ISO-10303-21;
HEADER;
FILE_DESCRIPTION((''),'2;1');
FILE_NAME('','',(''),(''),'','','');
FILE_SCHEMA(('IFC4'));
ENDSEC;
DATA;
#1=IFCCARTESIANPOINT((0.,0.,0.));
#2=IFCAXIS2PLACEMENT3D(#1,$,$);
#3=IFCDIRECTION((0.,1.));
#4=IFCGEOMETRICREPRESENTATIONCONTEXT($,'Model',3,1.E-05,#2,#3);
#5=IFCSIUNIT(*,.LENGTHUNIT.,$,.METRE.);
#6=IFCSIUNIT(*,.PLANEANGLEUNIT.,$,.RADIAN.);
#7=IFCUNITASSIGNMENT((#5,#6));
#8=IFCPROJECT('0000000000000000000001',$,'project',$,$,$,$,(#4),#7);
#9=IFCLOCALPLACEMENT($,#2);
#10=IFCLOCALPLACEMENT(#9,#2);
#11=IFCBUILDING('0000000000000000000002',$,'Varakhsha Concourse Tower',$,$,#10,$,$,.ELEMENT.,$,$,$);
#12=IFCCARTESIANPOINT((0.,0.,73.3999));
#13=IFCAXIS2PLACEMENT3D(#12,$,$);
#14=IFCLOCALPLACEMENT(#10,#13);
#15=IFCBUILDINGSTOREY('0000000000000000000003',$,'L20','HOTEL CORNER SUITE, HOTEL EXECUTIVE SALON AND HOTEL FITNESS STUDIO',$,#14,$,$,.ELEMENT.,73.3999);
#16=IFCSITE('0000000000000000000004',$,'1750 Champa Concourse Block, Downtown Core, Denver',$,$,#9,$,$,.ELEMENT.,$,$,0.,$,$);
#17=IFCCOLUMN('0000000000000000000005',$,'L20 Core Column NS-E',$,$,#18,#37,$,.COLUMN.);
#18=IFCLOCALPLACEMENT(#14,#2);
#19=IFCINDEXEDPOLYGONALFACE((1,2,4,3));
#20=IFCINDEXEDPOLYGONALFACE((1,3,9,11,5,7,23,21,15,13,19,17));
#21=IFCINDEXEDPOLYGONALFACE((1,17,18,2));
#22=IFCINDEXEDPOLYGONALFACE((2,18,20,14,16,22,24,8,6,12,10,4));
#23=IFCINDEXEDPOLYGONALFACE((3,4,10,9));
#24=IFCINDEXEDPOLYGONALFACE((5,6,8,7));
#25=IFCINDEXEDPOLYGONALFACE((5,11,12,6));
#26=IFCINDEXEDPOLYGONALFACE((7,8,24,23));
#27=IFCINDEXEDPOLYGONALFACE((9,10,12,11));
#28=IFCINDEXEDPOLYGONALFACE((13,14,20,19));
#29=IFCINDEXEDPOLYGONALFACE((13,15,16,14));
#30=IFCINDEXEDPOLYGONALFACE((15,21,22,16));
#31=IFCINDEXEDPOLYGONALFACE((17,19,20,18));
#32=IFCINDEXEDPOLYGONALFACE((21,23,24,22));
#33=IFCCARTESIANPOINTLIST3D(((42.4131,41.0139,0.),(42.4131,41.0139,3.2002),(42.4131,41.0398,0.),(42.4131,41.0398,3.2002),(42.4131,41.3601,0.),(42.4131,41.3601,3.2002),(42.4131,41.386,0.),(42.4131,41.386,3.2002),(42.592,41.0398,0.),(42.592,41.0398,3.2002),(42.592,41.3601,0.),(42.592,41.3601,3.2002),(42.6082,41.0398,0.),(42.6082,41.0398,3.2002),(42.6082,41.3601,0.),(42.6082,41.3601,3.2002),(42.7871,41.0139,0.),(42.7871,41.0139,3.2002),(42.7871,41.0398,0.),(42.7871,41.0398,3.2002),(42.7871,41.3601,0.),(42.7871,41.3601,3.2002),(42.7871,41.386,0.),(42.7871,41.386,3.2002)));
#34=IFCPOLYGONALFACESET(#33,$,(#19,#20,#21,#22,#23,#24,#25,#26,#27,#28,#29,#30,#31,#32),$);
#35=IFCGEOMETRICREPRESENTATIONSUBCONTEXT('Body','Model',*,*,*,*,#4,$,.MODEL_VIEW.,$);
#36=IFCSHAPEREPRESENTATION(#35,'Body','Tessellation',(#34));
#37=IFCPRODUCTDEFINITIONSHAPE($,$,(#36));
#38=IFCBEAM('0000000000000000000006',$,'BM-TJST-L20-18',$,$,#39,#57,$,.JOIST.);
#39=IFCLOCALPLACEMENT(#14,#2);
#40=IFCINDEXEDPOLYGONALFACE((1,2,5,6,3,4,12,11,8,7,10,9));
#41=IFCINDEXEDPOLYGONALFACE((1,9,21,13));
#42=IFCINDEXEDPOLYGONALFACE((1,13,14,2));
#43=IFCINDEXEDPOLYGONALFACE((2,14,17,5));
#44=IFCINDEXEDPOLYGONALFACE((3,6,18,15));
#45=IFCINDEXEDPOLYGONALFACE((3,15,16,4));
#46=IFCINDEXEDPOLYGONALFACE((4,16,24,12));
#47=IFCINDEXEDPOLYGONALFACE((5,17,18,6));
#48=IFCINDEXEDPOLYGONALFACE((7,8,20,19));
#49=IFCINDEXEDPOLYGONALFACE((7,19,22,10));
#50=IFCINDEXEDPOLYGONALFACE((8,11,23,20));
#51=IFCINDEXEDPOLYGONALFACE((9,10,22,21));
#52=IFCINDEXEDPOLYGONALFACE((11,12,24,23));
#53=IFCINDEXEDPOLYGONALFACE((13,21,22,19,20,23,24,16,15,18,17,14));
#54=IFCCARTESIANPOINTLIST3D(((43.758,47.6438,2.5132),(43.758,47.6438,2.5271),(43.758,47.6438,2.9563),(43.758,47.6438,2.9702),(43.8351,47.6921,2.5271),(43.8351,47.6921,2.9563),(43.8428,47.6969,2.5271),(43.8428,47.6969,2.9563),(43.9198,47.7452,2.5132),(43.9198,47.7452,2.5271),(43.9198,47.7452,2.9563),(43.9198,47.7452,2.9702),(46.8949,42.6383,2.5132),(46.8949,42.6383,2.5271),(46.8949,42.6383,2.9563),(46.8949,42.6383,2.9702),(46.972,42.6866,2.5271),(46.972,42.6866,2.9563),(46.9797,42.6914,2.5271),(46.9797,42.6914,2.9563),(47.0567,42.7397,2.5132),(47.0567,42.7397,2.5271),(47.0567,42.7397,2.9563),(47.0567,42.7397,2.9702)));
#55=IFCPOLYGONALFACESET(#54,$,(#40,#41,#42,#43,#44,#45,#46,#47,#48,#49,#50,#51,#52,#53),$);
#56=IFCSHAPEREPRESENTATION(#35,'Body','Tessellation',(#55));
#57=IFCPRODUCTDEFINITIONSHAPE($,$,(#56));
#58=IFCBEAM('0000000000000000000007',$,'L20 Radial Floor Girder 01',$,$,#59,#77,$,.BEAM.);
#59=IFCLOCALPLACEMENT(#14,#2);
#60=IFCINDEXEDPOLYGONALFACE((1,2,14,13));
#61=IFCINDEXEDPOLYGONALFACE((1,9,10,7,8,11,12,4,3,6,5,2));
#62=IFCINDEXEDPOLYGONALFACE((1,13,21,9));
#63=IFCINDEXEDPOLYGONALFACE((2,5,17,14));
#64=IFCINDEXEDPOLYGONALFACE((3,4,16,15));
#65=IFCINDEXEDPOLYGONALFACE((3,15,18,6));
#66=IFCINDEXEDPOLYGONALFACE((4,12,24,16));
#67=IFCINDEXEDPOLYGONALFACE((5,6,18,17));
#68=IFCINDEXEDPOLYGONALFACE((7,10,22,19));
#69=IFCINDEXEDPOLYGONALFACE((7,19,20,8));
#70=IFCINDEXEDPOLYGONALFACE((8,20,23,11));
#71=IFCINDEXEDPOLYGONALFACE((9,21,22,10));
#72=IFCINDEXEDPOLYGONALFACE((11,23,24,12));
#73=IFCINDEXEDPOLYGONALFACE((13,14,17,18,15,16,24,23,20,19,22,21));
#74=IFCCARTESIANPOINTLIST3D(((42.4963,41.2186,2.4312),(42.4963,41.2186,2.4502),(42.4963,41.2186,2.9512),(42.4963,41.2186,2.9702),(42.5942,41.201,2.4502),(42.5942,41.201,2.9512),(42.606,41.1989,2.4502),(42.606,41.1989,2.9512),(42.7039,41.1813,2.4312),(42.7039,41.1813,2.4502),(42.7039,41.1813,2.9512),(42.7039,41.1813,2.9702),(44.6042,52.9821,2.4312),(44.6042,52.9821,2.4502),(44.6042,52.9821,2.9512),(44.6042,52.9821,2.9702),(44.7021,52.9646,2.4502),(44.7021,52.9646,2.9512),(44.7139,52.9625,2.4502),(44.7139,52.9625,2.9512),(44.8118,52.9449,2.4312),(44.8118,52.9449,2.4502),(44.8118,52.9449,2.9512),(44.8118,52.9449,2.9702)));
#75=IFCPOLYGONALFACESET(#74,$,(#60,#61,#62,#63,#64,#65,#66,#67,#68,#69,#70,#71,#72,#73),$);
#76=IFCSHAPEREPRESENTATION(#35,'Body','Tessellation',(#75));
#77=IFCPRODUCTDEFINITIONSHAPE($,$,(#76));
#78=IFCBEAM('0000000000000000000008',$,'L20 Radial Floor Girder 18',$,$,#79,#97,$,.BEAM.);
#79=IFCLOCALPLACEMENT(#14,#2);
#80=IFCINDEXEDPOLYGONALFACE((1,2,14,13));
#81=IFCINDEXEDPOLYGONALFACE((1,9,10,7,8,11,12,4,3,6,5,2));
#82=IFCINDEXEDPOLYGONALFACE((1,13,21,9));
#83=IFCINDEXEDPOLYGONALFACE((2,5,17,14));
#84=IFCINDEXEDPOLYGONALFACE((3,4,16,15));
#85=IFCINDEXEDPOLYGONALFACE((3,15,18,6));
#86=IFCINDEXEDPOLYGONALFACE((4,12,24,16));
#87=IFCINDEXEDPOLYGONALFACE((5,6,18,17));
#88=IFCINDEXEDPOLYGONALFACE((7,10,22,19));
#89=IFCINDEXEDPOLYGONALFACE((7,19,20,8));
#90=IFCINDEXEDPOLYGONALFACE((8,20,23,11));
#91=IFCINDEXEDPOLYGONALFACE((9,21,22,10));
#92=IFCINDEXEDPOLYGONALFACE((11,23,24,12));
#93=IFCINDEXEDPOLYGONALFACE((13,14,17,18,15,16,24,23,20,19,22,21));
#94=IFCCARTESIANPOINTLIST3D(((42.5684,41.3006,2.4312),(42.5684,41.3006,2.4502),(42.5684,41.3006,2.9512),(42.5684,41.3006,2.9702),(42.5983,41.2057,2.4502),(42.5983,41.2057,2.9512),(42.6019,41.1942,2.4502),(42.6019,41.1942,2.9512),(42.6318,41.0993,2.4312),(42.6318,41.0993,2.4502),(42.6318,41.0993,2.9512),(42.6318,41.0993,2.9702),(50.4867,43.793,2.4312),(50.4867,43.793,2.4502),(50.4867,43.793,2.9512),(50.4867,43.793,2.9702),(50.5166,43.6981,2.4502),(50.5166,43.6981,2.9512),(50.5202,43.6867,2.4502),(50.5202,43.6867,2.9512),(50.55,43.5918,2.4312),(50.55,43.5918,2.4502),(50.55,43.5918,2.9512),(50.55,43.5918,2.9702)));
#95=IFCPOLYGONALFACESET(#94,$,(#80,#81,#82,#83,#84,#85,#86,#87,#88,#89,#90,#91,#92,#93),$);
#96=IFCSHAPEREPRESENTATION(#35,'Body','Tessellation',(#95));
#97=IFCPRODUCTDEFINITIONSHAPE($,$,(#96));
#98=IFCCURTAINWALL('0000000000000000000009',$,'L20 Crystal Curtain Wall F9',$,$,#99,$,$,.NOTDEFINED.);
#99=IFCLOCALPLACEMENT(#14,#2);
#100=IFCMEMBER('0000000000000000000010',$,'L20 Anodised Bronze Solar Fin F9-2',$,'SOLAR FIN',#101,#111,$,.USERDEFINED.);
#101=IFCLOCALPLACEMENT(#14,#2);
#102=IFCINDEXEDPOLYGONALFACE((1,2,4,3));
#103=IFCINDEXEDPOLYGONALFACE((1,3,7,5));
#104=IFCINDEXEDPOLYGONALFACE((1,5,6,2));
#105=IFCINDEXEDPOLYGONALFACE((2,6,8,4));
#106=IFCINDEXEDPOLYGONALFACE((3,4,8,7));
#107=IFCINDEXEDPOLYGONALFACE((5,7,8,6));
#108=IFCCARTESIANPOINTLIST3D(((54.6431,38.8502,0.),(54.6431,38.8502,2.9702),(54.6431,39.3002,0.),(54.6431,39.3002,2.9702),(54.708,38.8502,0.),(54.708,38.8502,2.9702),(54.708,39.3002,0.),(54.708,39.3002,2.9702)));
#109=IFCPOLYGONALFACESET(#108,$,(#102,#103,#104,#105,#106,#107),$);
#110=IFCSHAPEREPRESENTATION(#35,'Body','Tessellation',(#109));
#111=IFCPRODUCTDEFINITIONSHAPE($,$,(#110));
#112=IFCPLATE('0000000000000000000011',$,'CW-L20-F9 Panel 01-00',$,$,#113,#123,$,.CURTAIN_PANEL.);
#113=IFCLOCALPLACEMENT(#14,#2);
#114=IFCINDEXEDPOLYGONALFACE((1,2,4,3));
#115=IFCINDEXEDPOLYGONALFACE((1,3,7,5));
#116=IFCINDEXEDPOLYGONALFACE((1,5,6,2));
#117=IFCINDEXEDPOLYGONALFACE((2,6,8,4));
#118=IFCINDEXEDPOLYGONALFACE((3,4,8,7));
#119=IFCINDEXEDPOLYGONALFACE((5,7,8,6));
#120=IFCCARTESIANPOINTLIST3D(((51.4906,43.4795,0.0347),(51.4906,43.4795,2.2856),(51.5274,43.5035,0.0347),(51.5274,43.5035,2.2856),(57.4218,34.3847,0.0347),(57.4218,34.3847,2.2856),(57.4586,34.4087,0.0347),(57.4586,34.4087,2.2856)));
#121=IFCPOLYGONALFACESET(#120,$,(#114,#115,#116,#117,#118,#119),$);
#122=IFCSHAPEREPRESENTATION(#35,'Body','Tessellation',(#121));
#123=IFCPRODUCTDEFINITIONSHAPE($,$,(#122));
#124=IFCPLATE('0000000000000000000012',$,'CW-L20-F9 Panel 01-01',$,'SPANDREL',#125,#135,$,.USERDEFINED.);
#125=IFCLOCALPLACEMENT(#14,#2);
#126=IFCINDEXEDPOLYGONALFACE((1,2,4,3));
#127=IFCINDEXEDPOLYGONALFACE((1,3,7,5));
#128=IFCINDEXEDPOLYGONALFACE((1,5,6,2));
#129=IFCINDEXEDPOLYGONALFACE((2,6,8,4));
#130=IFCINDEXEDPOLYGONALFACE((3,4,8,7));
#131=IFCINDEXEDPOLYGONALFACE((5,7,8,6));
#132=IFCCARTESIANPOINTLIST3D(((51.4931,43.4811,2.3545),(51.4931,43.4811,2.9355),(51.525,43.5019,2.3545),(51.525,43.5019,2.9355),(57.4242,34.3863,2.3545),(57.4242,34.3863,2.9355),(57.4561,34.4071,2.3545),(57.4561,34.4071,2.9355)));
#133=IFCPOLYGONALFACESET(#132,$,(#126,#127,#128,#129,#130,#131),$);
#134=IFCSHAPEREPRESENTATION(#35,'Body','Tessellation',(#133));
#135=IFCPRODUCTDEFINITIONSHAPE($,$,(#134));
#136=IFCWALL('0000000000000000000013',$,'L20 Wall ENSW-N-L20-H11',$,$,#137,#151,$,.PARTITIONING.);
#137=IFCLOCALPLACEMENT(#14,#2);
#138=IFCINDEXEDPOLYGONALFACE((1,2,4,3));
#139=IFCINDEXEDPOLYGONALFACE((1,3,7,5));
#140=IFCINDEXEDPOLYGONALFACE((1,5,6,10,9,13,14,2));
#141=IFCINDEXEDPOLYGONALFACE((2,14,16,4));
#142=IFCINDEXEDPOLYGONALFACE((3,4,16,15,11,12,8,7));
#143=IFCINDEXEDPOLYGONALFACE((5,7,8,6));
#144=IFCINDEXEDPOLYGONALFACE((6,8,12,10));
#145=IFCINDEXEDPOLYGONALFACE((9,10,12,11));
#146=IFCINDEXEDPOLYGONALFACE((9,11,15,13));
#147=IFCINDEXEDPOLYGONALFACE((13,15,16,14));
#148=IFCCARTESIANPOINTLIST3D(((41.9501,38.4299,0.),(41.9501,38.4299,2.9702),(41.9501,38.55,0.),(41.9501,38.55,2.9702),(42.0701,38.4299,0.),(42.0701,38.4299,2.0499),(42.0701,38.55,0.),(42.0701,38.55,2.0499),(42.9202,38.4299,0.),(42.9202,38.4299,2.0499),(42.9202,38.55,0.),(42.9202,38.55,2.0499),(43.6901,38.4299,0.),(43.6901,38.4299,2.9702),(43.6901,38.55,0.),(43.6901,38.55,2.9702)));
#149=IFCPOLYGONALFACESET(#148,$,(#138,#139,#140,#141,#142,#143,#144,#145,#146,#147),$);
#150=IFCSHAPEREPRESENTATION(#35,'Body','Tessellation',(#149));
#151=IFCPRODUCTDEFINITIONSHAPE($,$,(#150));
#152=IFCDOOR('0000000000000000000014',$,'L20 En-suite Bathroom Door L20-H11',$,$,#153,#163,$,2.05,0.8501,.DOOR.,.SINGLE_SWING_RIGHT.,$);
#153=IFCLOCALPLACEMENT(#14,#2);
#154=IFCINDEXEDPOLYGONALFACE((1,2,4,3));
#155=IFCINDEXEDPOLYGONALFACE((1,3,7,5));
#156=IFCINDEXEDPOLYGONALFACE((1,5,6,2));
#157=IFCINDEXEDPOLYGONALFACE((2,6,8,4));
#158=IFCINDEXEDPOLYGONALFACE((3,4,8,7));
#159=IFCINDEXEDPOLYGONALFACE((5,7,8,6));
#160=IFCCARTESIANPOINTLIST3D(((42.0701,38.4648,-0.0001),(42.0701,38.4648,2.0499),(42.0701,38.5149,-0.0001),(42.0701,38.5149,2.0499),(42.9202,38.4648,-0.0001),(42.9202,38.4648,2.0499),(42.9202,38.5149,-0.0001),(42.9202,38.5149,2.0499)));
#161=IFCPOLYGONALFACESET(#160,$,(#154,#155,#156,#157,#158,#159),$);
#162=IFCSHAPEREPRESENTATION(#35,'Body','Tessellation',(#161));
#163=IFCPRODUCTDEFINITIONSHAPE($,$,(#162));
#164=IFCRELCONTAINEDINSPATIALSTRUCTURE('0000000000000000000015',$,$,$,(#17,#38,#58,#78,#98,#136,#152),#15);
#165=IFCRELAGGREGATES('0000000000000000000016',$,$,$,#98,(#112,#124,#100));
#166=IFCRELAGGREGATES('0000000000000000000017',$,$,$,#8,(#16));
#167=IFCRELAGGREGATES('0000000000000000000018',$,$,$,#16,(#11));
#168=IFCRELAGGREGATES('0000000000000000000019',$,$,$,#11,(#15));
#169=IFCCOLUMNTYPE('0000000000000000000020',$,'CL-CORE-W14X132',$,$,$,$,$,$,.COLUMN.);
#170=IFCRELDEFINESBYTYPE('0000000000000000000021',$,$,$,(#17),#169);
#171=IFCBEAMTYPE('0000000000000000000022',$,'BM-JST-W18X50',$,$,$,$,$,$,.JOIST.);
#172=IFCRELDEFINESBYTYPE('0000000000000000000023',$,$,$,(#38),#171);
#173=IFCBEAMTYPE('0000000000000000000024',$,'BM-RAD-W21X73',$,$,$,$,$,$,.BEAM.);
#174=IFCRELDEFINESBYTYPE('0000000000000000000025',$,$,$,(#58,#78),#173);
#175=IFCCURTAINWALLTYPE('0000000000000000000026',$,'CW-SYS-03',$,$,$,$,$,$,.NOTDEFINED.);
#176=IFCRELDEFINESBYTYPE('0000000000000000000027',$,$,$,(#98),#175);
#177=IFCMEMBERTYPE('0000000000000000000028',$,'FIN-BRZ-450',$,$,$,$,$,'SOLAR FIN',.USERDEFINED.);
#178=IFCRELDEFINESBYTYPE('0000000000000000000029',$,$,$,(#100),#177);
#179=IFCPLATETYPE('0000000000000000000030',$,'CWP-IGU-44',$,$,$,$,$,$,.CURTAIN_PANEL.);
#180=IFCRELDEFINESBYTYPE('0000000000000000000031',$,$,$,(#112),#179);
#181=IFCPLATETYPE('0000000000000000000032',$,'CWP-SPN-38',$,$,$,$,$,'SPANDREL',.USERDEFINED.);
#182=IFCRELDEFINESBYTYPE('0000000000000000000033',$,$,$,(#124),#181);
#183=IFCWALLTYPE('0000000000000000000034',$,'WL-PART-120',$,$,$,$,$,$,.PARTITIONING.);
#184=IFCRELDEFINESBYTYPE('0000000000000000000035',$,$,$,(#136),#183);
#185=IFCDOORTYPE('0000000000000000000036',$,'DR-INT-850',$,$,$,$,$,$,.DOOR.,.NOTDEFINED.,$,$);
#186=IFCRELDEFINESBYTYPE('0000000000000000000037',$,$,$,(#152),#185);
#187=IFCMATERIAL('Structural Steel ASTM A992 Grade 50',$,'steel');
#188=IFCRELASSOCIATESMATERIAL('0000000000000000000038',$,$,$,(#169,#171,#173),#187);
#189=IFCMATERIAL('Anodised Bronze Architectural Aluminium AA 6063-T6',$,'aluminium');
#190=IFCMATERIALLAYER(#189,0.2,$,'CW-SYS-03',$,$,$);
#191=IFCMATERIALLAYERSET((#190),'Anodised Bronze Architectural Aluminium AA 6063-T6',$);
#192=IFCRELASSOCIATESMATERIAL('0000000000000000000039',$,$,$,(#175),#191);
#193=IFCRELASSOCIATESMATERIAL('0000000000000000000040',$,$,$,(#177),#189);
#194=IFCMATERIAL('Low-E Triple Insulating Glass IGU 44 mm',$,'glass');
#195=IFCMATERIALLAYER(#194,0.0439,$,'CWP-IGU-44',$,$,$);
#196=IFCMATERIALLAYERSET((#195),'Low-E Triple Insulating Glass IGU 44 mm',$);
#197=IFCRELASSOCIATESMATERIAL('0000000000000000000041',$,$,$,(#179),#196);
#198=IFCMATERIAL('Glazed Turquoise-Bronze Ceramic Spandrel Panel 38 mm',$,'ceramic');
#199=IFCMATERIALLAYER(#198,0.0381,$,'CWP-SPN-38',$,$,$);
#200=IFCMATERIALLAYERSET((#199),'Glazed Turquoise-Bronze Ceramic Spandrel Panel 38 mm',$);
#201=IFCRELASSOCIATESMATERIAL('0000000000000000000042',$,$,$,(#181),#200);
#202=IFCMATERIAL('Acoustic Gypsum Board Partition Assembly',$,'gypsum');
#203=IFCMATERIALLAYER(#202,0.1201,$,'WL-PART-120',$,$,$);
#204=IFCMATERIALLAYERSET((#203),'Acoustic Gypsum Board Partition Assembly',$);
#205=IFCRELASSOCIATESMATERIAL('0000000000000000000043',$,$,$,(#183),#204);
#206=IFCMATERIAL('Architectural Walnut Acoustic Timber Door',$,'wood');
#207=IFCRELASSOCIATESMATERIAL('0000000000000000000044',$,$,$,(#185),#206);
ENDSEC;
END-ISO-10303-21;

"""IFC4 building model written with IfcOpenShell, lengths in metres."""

from ifc_helpers import new_model, si_unit, direction, frame, frame_2d, origin, origin_2d, place, context, subcontext, project, spatial, rectangle, i_section, extrude, source, transform, mapped, material, layer, layer_set, material_profile, profile_set, type_object, type_shapes, element, fill, aggregate, save


model = new_model("IFC4")

# Units and contexts
model_context = context("Model", 3, precision=1e-05, world=origin(), true_north=direction((0.0, 1.0)))
body_context = subcontext(model_context, "Body", "Model", "MODEL_VIEW")
ifc_project = project(units=[si_unit("LENGTHUNIT", "METRE"), si_unit("PLANEANGLEUNIT", "RADIAN")], contexts=[model_context])

# Site, building, storey
site_placement = place(None, origin())
site = spatial("IfcSite", under=ifc_project, at=site_placement, Name="1750 Champa Concourse Block, Downtown Core, Denver", CompositionType="ELEMENT", RefElevation=0.0)
building_placement = place(site_placement, origin())
building = spatial("IfcBuilding", under=site, at=building_placement, Name="Varakhsha Concourse Tower", CompositionType="ELEMENT")
storey_placement = place(building_placement, frame((0.0, 0.0, 73.3999)))
storey = spatial("IfcBuildingStorey", under=building, at=storey_placement, Name="L20", Description="HOTEL CORNER SUITE, HOTEL EXECUTIVE SALON AND HOTEL FITNESS STUDIO", CompositionType="ELEMENT", Elevation=73.3999)

# Column
ifc_material_1 = material(Name="Structural Steel ASTM A992 Grade 50", Category="steel")
ifc_material_profile_1 = material_profile(ifc_material_1, i_section(OverallWidth=0.374, OverallDepth=0.3721, WebThickness=0.0161, FlangeThickness=0.0259, at=origin_2d()), Name="W14X132")
ifc_profile_set_1 = profile_set([ifc_material_profile_1], Name="Structural Steel ASTM A992 Grade 50")
column_type = type_object("IfcColumnType", Name="CL-CORE-W14X132", PredefinedType="COLUMN", material=ifc_profile_set_1)
column_placement = place(storey_placement, frame((42.6001, 41.2, 0.0), z_axis=(0.0, 0.0, 1.0), x_axis=(1.0, 0.0, 0.0)))
element("IfcColumn", 1, at=column_placement, inside=storey, type_object=column_type, Name="L20 Core Column NS-E", PredefinedType="COLUMN", context=body_context, shape_type="SweptSolid", body=[
    extrude(i_section(OverallWidth=0.374, OverallDepth=0.3721, WebThickness=0.0161, FlangeThickness=0.0259, at=origin_2d()), origin(), (0.0, 0.0, 1.0), 3.2002),
])

# Beams
ifc_material_profile_2 = material_profile(ifc_material_1, i_section(OverallWidth=0.1909, OverallDepth=0.457, WebThickness=0.009, FlangeThickness=0.0139, at=origin_2d()), Name="W18X50")
ifc_profile_set_2 = profile_set([ifc_material_profile_2], Name="Structural Steel ASTM A992 Grade 50")
beam_type_1 = type_object("IfcBeamType", Name="BM-JST-W18X50", PredefinedType="JOIST", material=ifc_profile_set_2)
beam_1_placement = place(storey_placement, frame((46.9758, 42.689, 2.7417), z_axis=(-0.531028, 0.847355, 0.0), x_axis=(-0.847355, -0.531028, 0.0)))
element("IfcBeam", 2, at=beam_1_placement, inside=storey, type_object=beam_type_1, Name="BM-TJST-L20-18", PredefinedType="JOIST", context=body_context, shape_type="SweptSolid", body=[
    extrude(i_section(OverallWidth=0.1909, OverallDepth=0.457, WebThickness=0.009, FlangeThickness=0.0139, at=origin_2d()), origin(), (0.0, 0.0, 1.0), 5.9072),
])
ifc_material_profile_3 = material_profile(ifc_material_1, i_section(OverallWidth=0.2109, OverallDepth=0.5391, WebThickness=0.012, FlangeThickness=0.019, at=origin_2d()), Name="W21X73")
ifc_profile_set_3 = profile_set([ifc_material_profile_3], Name="Structural Steel ASTM A992 Grade 50")
beam_type_2 = type_object("IfcBeamType", Name="BM-RAD-W21X73", PredefinedType="BEAM", material=ifc_profile_set_3)
beam_2_placement = place(storey_placement, frame((42.6001, 41.2, 2.7007), z_axis=(0.176379, 0.984322, 0.0), x_axis=(-0.984322, 0.176379, 0.0)))
element("IfcBeam", 3, at=beam_2_placement, inside=storey, type_object=beam_type_2, Name="L20 Radial Floor Girder 01", PredefinedType="BEAM", context=body_context, shape_type="SweptSolid", body=[
    extrude(i_section(OverallWidth=0.2109, OverallDepth=0.5391, WebThickness=0.012, FlangeThickness=0.019, at=origin_2d()), origin(), (0.0, 0.0, 1.0), 11.9509),
])
beam_3_placement = place(storey_placement, frame((42.6001, 41.2, 2.7007), z_axis=(0.953861, 0.300249, 0.0), x_axis=(-0.300249, 0.953861, 0.0)))
element("IfcBeam", 4, at=beam_3_placement, inside=storey, type_object=beam_type_2, Name="L20 Radial Floor Girder 18", PredefinedType="BEAM", context=body_context, shape_type="SweptSolid", body=[
    extrude(i_section(OverallWidth=0.2109, OverallDepth=0.5391, WebThickness=0.012, FlangeThickness=0.019, at=origin_2d()), origin(), (0.0, 0.0, 1.0), 8.3013),
])

# Curtain wall, member, plates
ifc_material_2 = material(Name="Anodised Bronze Architectural Aluminium AA 6063-T6", Category="aluminium")
ifc_layer_1 = layer(ifc_material_2, 0.2, Name="CW-SYS-03")
ifc_layer_set_1 = layer_set([ifc_layer_1], Name="Anodised Bronze Architectural Aluminium AA 6063-T6")
curtain_wall_type = type_object("IfcCurtainWallType", Name="CW-SYS-03", PredefinedType="NOTDEFINED", material=ifc_layer_set_1)
curtain_wall_placement = place(storey_placement, origin())
curtain_wall = element("IfcCurtainWall", 5, at=curtain_wall_placement, inside=storey, type_object=curtain_wall_type, Name="L20 Crystal Curtain Wall F9", PredefinedType="NOTDEFINED")
ifc_material_profile_4 = material_profile(ifc_material_2, rectangle(XDim=0.0649, YDim=0.45, at=origin_2d()), Name="FIN-BRZ-450")
ifc_profile_set_4 = profile_set([ifc_material_profile_4], Name="Anodised Bronze Architectural Aluminium AA 6063-T6")
member_type = type_object("IfcMemberType", Name="FIN-BRZ-450", ElementType="SOLAR FIN", PredefinedType="USERDEFINED", material=ifc_profile_set_4)
shared_shape_1 = source(origin(), body_context, "Body", "SweptSolid", [
    extrude(rectangle(XDim=0.0649, YDim=0.45, at=origin_2d()), origin(), (0.0, 0.0, 1.0), 2.9702),
])
type_shapes(member_type, [shared_shape_1])
member_placement = place(storey_placement, frame((54.6755, 39.0752, 0.0), z_axis=(0.0, 0.0, 1.0), x_axis=(1.0, 0.0, 0.0)))
member = element("IfcMember", 6, at=member_placement, type_object=member_type, Name="L20 Anodised Bronze Solar Fin F9-2", ObjectType="SOLAR FIN", PredefinedType="USERDEFINED", context=body_context, shape_type="MappedRepresentation", body=[
    mapped(shared_shape_1, transform((0.0, 0.0, 0.0), scale=1.0)),
])
ifc_material_3 = material(Name="Low-E Triple Insulating Glass IGU 44 mm", Category="glass")
ifc_layer_2 = layer(ifc_material_3, 0.0439, Name="CWP-IGU-44")
ifc_layer_set_2 = layer_set([ifc_layer_2], Name="Low-E Triple Insulating Glass IGU 44 mm")
plate_type_1 = type_object("IfcPlateType", Name="CWP-IGU-44", PredefinedType="CURTAIN_PANEL", material=ifc_layer_set_2)
shared_shape_2 = source(origin(), body_context, "Body", "SweptSolid", [
    extrude(rectangle(XDim=10.8579, YDim=0.0439, at=origin_2d()), origin(), (0.0, 0.0, 1.0), 2.251),
])
type_shapes(plate_type_1, [shared_shape_2])
plate_1_placement = place(storey_placement, frame((54.4746, 38.9441, 0.0347), z_axis=(0.0, 0.0, 1.0), x_axis=(0.54625, -0.837622, 0.0)))
plate_1 = element("IfcPlate", 7, at=plate_1_placement, type_object=plate_type_1, Name="CW-L20-F9 Panel 01-00", PredefinedType="CURTAIN_PANEL", context=body_context, shape_type="MappedRepresentation", body=[
    mapped(shared_shape_2, transform((0.0, 0.0, 0.0), scale=1.0)),
])
ifc_material_4 = material(Name="Glazed Turquoise-Bronze Ceramic Spandrel Panel 38 mm", Category="ceramic")
ifc_layer_3 = layer(ifc_material_4, 0.0381, Name="CWP-SPN-38")
ifc_layer_set_3 = layer_set([ifc_layer_3], Name="Glazed Turquoise-Bronze Ceramic Spandrel Panel 38 mm")
plate_type_2 = type_object("IfcPlateType", Name="CWP-SPN-38", ElementType="SPANDREL", PredefinedType="USERDEFINED", material=ifc_layer_set_3)
shared_shape_3 = source(origin(), body_context, "Body", "SweptSolid", [
    extrude(rectangle(XDim=10.8579, YDim=0.0381, at=origin_2d()), origin(), (0.0, 0.0, 1.0), 0.5811),
])
type_shapes(plate_type_2, [shared_shape_3])
plate_2_placement = place(storey_placement, frame((54.4746, 38.9441, 2.3545), z_axis=(0.0, 0.0, 1.0), x_axis=(0.54625, -0.837622, 0.0)))
plate_2 = element("IfcPlate", 8, at=plate_2_placement, type_object=plate_type_2, Name="CW-L20-F9 Panel 01-01", ObjectType="SPANDREL", PredefinedType="USERDEFINED", context=body_context, shape_type="MappedRepresentation", body=[
    mapped(shared_shape_3, transform((0.0, 0.0, 0.0), scale=1.0)),
])
aggregate(curtain_wall, [plate_1, plate_2, member])

# Wall, opening, door
ifc_material_5 = material(Name="Acoustic Gypsum Board Partition Assembly", Category="gypsum")
ifc_layer_4 = layer(ifc_material_5, 0.1201, Name="WL-PART-120")
ifc_layer_set_4 = layer_set([ifc_layer_4], Name="Acoustic Gypsum Board Partition Assembly")
wall_type_1 = type_object("IfcWallType", Name="WL-PART-120", PredefinedType="PARTITIONING", material=ifc_layer_set_4)
wall_1_placement = place(storey_placement, frame((41.95, 38.49, 0.0), z_axis=(0.0, 0.0, 1.0), x_axis=(1.0, 0.0, 0.0)))
wall_1 = element("IfcWall", 9, at=wall_1_placement, inside=storey, type_object=wall_type_1, Name="L20 Wall ENSW-N-L20-H11", PredefinedType="PARTITIONING", context=body_context, shape_type="SweptSolid", body=[
    extrude(rectangle(XDim=1.74, YDim=0.1201, at=frame_2d((0.8701, 0.0))), origin(), (0.0, 0.0, 1.0), 2.9702),
])
opening_1_placement = place(wall_1_placement, frame((0.1201, 0.0, 0.0)))
opening_1 = element("IfcOpeningElement", 10, at=opening_1_placement, cuts=wall_1, PredefinedType="OPENING", context=body_context, shape_type="SweptSolid", body=[
    extrude(rectangle(XDim=0.8501, YDim=2.05, at=frame_2d((0.425, 1.0249))), frame((0.0, 0.0701, 0.0), z_axis=(0.0, -1.0, 0.0), x_axis=(1.0, 0.0, 0.0)), (0.0, 0.0, 1.0), 0.1401),
])
ifc_material_6 = material(Name="Architectural Walnut Acoustic Timber Door", Category="wood")
door_type = type_object("IfcDoorType", Name="DR-INT-850", OperationType="NOTDEFINED", PredefinedType="DOOR", material=ifc_material_6)
door_1_placement = place(opening_1_placement, origin())
door_1 = element("IfcDoor", 11, at=door_1_placement, inside=storey, type_object=door_type, Name="L20 En-suite Bathroom Door L20-H11", OperationType="SINGLE_SWING_RIGHT", OverallHeight=2.05, OverallWidth=0.8501, PredefinedType="DOOR", context=body_context, shape_type="SweptSolid", body=[
    extrude(rectangle(XDim=0.8501, YDim=2.05, at=frame_2d((0.425, 1.0249))), frame((0.0, 0.0249, 0.0), z_axis=(0.0, -1.0, 0.0), x_axis=(1.0, 0.0, 0.0)), (0.0, 0.0, 1.0), 0.05),
])
fill(opening_1, door_1)

save(model, "model.ifc")
